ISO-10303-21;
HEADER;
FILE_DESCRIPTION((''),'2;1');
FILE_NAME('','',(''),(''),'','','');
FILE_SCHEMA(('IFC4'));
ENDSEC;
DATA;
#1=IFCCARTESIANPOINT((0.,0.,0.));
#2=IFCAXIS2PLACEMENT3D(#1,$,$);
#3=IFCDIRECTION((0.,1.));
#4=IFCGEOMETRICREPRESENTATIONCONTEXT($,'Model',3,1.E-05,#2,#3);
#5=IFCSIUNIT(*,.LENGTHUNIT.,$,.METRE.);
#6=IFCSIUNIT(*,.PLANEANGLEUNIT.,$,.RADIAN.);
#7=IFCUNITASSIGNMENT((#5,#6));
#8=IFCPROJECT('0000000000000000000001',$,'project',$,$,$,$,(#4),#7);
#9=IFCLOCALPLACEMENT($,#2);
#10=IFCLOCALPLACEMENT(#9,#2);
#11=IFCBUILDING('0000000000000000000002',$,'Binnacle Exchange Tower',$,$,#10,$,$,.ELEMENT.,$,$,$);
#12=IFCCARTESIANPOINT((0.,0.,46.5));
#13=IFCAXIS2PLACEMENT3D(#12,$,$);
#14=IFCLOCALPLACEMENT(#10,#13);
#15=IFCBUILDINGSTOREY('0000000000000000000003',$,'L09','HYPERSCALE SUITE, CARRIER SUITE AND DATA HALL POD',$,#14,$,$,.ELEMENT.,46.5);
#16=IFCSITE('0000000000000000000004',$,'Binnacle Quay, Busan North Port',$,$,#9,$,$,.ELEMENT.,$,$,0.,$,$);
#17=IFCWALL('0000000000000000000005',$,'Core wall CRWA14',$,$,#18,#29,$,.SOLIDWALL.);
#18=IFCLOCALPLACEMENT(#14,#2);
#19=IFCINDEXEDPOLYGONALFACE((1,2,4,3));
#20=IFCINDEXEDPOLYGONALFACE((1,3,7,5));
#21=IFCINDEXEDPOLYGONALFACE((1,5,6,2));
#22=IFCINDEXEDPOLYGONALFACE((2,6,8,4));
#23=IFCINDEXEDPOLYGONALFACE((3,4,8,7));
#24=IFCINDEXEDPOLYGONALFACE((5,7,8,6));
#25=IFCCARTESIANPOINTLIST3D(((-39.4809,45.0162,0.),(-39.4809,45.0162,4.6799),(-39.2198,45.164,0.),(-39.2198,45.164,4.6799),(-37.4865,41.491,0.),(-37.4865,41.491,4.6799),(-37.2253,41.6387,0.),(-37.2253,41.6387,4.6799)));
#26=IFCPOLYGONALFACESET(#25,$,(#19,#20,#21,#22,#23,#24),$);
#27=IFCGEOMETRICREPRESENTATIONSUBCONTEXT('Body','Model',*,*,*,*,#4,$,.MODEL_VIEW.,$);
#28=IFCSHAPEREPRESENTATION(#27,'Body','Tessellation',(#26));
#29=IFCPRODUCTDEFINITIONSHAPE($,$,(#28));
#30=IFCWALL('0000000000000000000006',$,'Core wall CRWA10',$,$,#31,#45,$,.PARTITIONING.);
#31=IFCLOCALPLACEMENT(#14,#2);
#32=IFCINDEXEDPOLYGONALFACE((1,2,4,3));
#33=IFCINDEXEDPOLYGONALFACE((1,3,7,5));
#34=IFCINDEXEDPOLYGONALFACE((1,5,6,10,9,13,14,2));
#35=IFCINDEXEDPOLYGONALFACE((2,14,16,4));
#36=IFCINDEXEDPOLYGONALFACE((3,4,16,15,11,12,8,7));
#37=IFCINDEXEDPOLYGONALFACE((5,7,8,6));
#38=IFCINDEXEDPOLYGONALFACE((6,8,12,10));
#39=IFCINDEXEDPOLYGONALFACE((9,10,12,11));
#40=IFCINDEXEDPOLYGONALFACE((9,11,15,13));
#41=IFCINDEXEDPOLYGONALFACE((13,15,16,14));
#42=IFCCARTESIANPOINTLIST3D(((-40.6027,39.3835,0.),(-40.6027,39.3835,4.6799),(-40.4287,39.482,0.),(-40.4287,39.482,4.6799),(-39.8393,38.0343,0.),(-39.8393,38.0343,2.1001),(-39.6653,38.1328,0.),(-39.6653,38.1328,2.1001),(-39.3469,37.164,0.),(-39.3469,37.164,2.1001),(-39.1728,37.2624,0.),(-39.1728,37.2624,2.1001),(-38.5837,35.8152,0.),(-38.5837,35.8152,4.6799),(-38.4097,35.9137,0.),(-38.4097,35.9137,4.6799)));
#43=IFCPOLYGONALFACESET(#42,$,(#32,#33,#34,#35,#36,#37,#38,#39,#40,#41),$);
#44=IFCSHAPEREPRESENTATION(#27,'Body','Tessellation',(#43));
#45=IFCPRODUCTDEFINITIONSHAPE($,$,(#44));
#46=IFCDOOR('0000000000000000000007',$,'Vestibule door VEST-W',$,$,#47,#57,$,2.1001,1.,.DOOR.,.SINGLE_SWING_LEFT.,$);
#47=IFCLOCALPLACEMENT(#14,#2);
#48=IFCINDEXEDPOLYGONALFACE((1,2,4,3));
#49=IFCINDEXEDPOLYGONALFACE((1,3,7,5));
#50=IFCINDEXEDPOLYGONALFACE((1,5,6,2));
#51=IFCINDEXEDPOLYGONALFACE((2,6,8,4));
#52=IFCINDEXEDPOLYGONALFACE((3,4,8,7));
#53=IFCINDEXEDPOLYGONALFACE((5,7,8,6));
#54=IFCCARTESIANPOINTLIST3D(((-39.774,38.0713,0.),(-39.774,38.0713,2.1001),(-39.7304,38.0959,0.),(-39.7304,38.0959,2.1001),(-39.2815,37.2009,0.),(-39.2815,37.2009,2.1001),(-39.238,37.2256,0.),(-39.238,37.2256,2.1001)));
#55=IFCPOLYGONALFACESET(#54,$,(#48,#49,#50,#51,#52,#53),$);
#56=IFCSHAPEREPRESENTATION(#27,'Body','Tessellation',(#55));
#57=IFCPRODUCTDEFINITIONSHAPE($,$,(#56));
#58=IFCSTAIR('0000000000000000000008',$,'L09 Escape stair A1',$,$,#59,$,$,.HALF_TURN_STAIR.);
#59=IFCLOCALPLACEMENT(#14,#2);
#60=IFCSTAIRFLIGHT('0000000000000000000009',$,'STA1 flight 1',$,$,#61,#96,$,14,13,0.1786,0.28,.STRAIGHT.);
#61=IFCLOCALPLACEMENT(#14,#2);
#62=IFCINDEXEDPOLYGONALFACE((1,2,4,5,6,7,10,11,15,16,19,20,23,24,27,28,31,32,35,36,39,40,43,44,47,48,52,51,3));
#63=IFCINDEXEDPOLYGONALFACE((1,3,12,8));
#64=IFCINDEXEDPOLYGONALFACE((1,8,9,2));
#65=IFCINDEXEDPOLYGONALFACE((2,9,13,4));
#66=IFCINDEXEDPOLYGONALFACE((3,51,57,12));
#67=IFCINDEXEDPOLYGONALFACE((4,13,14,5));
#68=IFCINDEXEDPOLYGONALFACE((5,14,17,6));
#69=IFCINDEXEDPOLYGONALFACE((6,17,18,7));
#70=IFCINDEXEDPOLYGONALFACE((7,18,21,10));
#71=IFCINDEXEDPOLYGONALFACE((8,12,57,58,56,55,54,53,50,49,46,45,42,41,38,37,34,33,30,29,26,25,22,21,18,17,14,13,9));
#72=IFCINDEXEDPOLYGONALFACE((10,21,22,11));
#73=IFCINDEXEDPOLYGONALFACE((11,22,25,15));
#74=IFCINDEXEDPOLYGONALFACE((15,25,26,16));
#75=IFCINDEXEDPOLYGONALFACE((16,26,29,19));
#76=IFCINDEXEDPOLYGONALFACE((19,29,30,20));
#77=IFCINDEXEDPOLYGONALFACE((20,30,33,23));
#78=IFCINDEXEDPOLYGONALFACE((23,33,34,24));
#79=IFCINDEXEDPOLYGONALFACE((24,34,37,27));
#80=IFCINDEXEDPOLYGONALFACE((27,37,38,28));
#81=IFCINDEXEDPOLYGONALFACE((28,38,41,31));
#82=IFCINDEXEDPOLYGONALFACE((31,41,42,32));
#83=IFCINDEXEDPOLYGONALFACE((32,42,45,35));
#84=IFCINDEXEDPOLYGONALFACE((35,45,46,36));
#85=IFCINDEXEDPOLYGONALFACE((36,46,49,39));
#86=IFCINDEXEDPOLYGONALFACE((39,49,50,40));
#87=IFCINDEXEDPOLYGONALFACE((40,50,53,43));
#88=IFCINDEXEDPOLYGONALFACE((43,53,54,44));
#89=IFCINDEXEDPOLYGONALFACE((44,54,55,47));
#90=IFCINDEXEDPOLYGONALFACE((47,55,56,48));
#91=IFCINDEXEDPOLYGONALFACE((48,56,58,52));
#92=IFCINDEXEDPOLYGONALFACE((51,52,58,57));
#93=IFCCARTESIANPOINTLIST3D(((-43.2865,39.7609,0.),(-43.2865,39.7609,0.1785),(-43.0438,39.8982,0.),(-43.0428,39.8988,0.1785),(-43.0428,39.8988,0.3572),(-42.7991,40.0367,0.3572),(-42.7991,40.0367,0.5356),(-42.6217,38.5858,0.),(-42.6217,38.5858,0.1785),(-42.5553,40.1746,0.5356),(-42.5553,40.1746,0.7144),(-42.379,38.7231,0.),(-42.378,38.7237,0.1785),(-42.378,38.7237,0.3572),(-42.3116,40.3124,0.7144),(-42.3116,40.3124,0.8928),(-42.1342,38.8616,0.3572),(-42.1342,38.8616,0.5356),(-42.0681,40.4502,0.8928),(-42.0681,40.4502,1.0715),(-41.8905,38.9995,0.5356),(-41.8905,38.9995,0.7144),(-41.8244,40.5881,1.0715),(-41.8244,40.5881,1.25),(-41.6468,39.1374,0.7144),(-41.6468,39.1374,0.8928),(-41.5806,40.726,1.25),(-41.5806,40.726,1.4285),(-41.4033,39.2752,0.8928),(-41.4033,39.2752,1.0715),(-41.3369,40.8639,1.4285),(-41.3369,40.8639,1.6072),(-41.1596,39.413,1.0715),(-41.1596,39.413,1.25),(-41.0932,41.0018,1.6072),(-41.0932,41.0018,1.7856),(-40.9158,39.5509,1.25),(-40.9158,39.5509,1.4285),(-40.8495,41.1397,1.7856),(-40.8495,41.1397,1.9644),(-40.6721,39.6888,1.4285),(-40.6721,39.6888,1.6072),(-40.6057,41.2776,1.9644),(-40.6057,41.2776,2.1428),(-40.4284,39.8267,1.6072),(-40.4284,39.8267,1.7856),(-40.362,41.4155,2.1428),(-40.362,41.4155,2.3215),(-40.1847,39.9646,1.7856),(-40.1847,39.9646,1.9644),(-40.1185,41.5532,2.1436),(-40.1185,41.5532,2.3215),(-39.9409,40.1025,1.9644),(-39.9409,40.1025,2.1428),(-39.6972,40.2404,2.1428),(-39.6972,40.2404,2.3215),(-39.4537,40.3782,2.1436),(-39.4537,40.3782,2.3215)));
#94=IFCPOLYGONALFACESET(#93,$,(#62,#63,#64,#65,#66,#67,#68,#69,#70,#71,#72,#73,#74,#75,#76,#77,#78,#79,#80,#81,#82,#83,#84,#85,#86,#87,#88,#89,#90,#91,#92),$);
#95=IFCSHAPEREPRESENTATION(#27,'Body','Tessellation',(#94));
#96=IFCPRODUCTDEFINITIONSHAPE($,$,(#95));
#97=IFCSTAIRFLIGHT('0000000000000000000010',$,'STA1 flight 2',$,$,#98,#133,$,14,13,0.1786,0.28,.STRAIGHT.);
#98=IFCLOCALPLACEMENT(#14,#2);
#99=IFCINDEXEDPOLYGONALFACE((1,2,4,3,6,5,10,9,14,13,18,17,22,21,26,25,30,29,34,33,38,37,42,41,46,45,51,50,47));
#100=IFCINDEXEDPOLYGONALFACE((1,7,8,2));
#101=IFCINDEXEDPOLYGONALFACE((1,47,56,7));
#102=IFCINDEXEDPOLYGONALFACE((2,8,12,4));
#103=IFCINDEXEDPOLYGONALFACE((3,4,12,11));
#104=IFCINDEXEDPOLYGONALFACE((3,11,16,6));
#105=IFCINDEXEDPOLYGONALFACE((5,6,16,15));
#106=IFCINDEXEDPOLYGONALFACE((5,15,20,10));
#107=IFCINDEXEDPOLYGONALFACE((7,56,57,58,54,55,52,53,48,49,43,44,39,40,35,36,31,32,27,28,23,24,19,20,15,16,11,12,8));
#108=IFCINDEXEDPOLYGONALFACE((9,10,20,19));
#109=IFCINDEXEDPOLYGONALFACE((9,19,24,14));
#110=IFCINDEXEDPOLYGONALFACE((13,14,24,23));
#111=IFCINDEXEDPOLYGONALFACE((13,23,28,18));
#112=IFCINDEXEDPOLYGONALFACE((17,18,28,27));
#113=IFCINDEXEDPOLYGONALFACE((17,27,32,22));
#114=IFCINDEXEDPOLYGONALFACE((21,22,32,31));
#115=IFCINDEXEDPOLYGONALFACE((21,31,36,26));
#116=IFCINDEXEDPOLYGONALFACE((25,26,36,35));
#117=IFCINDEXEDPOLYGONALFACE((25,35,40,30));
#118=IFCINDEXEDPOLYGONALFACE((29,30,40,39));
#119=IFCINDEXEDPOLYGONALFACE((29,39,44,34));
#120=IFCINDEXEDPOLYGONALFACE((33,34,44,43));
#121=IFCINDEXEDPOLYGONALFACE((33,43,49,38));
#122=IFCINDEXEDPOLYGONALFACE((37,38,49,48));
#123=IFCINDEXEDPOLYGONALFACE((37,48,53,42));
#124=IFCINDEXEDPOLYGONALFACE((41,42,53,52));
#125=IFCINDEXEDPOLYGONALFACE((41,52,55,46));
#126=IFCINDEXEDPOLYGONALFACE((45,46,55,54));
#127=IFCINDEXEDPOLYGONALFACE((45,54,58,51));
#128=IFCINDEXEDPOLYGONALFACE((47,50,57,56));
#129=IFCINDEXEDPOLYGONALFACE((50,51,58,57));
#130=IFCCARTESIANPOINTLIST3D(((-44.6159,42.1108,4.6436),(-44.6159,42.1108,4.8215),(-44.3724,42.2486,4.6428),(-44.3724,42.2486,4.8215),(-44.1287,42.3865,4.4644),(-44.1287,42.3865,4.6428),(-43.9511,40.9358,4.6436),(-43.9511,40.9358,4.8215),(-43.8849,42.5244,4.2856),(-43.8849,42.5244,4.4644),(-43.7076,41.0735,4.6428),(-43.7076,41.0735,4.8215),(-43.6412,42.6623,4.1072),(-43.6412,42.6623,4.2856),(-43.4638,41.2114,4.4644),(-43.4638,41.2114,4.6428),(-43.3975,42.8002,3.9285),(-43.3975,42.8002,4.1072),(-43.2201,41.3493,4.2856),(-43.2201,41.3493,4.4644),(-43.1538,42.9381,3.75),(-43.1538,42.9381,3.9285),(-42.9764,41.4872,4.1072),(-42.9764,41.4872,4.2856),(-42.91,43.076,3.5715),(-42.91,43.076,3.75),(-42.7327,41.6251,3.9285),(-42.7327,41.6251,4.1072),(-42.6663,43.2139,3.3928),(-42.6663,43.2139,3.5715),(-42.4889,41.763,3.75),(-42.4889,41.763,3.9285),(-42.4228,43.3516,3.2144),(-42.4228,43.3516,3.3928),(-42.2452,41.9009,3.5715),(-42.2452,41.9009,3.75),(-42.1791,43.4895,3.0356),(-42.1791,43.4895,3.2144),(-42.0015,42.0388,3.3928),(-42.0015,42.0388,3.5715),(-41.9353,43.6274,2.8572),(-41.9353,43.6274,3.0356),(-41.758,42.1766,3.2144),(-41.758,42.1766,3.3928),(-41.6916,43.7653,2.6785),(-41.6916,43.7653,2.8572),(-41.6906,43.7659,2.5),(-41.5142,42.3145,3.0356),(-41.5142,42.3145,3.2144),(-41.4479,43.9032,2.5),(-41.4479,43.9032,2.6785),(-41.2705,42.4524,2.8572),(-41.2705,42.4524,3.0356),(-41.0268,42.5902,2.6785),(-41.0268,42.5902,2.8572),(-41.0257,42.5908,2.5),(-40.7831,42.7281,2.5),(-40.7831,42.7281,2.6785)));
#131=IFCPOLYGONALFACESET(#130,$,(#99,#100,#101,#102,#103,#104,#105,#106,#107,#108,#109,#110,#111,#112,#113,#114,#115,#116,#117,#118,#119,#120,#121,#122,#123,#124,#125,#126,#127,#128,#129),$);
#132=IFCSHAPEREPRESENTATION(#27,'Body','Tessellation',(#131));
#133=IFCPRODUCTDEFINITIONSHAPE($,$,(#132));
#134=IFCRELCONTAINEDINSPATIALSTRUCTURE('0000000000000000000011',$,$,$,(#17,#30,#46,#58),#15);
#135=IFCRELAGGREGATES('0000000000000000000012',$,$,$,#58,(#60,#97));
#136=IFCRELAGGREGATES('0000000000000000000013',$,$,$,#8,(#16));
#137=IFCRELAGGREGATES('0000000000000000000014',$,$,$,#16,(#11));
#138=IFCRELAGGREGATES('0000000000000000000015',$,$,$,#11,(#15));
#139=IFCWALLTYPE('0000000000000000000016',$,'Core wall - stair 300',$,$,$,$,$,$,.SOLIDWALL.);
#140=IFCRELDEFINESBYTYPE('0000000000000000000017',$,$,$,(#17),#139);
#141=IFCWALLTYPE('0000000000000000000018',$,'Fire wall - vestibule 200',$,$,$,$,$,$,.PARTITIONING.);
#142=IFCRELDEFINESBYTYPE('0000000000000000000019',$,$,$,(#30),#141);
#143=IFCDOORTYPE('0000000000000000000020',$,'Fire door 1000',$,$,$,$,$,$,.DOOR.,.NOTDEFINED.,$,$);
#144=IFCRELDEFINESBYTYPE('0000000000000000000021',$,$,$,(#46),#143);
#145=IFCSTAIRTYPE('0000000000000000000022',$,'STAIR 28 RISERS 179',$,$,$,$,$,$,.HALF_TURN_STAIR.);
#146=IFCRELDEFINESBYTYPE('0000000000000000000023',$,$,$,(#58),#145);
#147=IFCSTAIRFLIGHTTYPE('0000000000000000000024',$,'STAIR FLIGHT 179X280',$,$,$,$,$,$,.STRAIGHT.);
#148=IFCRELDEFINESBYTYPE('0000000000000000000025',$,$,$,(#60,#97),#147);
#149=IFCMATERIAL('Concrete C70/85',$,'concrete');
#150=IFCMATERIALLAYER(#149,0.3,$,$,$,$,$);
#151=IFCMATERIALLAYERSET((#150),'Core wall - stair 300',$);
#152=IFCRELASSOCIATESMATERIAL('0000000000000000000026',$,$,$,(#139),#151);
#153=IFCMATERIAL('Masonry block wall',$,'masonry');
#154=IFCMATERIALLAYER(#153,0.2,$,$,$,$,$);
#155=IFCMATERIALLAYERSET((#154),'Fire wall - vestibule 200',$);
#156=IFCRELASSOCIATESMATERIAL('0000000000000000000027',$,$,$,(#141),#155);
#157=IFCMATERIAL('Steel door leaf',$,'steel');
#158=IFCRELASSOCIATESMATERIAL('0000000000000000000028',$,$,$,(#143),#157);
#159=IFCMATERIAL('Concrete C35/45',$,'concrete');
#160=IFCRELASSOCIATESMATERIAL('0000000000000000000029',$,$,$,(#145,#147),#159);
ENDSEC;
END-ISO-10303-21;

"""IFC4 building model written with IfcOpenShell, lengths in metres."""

from ifc_helpers import new_model, si_unit, direction, frame, frame_2d, origin, place, context, subcontext, project, spatial, polyline, rectangle, outline, extrude, material, layer, layer_set, type_object, element, fill, aggregate, save


model = new_model("IFC4")

# Units and contexts
model_context = context("Model", 3, precision=1e-05, world=origin(), true_north=direction((0.0, 1.0)))
body_context = subcontext(model_context, "Body", "Model", "MODEL_VIEW")
ifc_project = project(units=[si_unit("LENGTHUNIT", "METRE"), si_unit("PLANEANGLEUNIT", "RADIAN")], contexts=[model_context])

# Site, building, storey
site_placement = place(None, origin())
site = spatial("IfcSite", under=ifc_project, at=site_placement, Name="Binnacle Quay, Busan North Port", CompositionType="ELEMENT", RefElevation=0.0)
building_placement = place(site_placement, origin())
building = spatial("IfcBuilding", under=site, at=building_placement, Name="Binnacle Exchange Tower", CompositionType="ELEMENT")
storey_placement = place(building_placement, frame((0.0, 0.0, 46.5)))
storey = spatial("IfcBuildingStorey", under=building, at=storey_placement, Name="L09", Description="HYPERSCALE SUITE, CARRIER SUITE AND DATA HALL POD", CompositionType="ELEMENT", Elevation=46.5)

# Shared definitions
ifc_material_1 = material(Name="Concrete C70/85", Category="concrete")

# Shared definitions
ifc_material_2 = material(Name="Steel door leaf", Category="steel")

# Wall
ifc_layer_1 = layer(ifc_material_1, 0.3)
ifc_layer_set_1 = layer_set([ifc_layer_1], Name="Core wall - stair 300")
wall_type_1 = type_object("IfcWallType", Name="Core wall - stair 300", PredefinedType="SOLIDWALL", material=ifc_layer_set_1)
wall_1_placement = place(storey_placement, frame((-39.3503, 45.0901, 0.0), z_axis=(0.0, 0.0, 1.0), x_axis=(0.492415, -0.870361, 0.0)))
element("IfcWall", 1, at=wall_1_placement, inside=storey, type_object=wall_type_1, Name="Core wall CRWA14", PredefinedType="SOLIDWALL", context=body_context, shape_type="SweptSolid", body=[
    extrude(rectangle(XDim=4.0503, YDim=0.3, at=frame_2d((2.0251, 0.0))), origin(), (0.0, 0.0, 1.0), 4.6799),
])

# Wall, opening, door
ifc_material_3 = material(Name="Masonry block wall", Category="masonry")
ifc_layer_2 = layer(ifc_material_3, 0.2)
ifc_layer_set_2 = layer_set([ifc_layer_2], Name="Fire wall - vestibule 200")
wall_type_2 = type_object("IfcWallType", Name="Fire wall - vestibule 200", PredefinedType="PARTITIONING", material=ifc_layer_set_2)
wall_2_placement = place(storey_placement, frame((-40.5156, 39.4326, 0.0), z_axis=(0.0, 0.0, 1.0), x_axis=(0.492454, -0.870339, 0.0)))
wall_2 = element("IfcWall", 2, at=wall_2_placement, inside=storey, type_object=wall_type_2, Name="Core wall CRWA10", PredefinedType="PARTITIONING", context=body_context, shape_type="SweptSolid", body=[
    extrude(rectangle(XDim=4.0999, YDim=0.2, at=frame_2d((2.0498, 0.0))), origin(), (0.0, 0.0, 1.0), 4.6799),
])
opening_1_placement = place(wall_2_placement, frame((1.55, 0.0, 0.0)))
opening_1 = element("IfcOpeningElement", 3, at=opening_1_placement, cuts=wall_2, PredefinedType="OPENING", context=body_context, shape_type="SweptSolid", body=[
    extrude(rectangle(XDim=1.0, YDim=2.1001, at=frame_2d((0.5, 1.05))), frame((0.0, 0.1099, 0.0), z_axis=(0.0, -1.0, 0.0), x_axis=(1.0, 0.0, 0.0)), (0.0, 0.0, 1.0), 0.22),
])
door_type_1 = type_object("IfcDoorType", Name="Fire door 1000", OperationType="NOTDEFINED", PredefinedType="DOOR", material=ifc_material_2)
door_1_placement = place(opening_1_placement, frame((1.0, 0.0, 0.0), z_axis=(0.0, 0.0, 1.0), x_axis=(-1.0, 0.0, 0.0)))
door_1 = element("IfcDoor", 4, at=door_1_placement, inside=storey, type_object=door_type_1, Name="Vestibule door VEST-W", OperationType="SINGLE_SWING_LEFT", OverallHeight=2.1001, OverallWidth=1.0, PredefinedType="DOOR", context=body_context, shape_type="SweptSolid", body=[
    extrude(rectangle(XDim=1.0, YDim=2.1001, at=frame_2d((0.5, 1.05))), frame((0.0, 0.0249, 0.0), z_axis=(0.0, -1.0, 0.0), x_axis=(1.0, 0.0, 0.0)), (0.0, 0.0, 1.0), 0.05),
])
fill(opening_1, door_1)

# Stair, stair flights
ifc_material_4 = material(Name="Concrete C35/45", Category="concrete")
stair_type = type_object("IfcStairType", Name="STAIR 28 RISERS 179", PredefinedType="HALF_TURN_STAIR", material=ifc_material_4)
stair_placement = place(storey_placement, origin())
stair = element("IfcStair", 5, at=stair_placement, inside=storey, type_object=stair_type, Name="L09 Escape stair A1", PredefinedType="HALF_TURN_STAIR")
stair_flight_type = type_object("IfcStairFlightType", Name="STAIR FLIGHT 179X280", PredefinedType="STRAIGHT", material=ifc_material_4)
stair_flight_1_placement = place(storey_placement, frame((-42.9541, 39.1733, 0.0), z_axis=(0.0, 0.0, 1.0), x_axis=(0.870356, 0.492424, 0.0)))
stair_flight_1 = element("IfcStairFlight", 6, at=stair_flight_1_placement, type_object=stair_flight_type, Name="STA1 flight 1", NumberOfRisers=14, NumberOfTreads=13, PredefinedType="STRAIGHT", RiserHeight=0.1786, TreadLength=0.28, context=body_context, shape_type="SweptSolid", body=[
    extrude(outline(polyline([(0.0, 0.0), (0.0, 0.1785), (0.28, 0.1785), (0.28, 0.3572), (0.5601, 0.3572), (0.5601, 0.5356), (0.8401, 0.5356), (0.8401, 0.7144), (1.1201, 0.7144), (1.1201, 0.8928), (1.3999, 0.8928), (1.3999, 1.0715), (1.6799, 1.0715), (1.6799, 1.25), (1.96, 1.25), (1.96, 1.4285), (2.24, 1.4285), (2.24, 1.6072), (2.52, 1.6072), (2.52, 1.7856), (2.8, 1.7856), (2.8, 1.9644), (3.0801, 1.9644), (3.0801, 2.1428), (3.3601, 2.1428), (3.3601, 2.3215), (3.6399, 2.3215), (3.6399, 2.5), (3.6399, 2.1436), (0.2788, 0.0), (0.0, 0.0)])), frame((0.0, 0.675, 0.0), z_axis=(0.0, -1.0, 0.0), x_axis=(1.0, 0.0, 0.0)), (0.0, 0.0, 1.0), 1.3501),
])
stair_flight_2_placement = place(storey_placement, frame((-41.1155, 43.3157, 2.5), z_axis=(0.0, 0.0, 1.0), x_axis=(-0.870356, -0.492424, 0.0)))
stair_flight_2 = element("IfcStairFlight", 7, at=stair_flight_2_placement, type_object=stair_flight_type, Name="STA1 flight 2", NumberOfRisers=14, NumberOfTreads=13, PredefinedType="STRAIGHT", RiserHeight=0.1786, TreadLength=0.28, context=body_context, shape_type="SweptSolid", body=[
    extrude(outline(polyline([(0.0, 0.0), (0.0, 0.1785), (0.28, 0.1785), (0.28, 0.3572), (0.5601, 0.3572), (0.5601, 0.5356), (0.8401, 0.5356), (0.8401, 0.7144), (1.1201, 0.7144), (1.1201, 0.8928), (1.3999, 0.8928), (1.3999, 1.0715), (1.6799, 1.0715), (1.6799, 1.25), (1.96, 1.25), (1.96, 1.4285), (2.24, 1.4285), (2.24, 1.6072), (2.52, 1.6072), (2.52, 1.7856), (2.8, 1.7856), (2.8, 1.9644), (3.0801, 1.9644), (3.0801, 2.1428), (3.3601, 2.1428), (3.3601, 2.3215), (3.6399, 2.3215), (3.6399, 2.5), (3.6399, 2.1436), (0.2788, 0.0), (0.0, 0.0)])), frame((0.0, 0.675, 0.0), z_axis=(0.0, -1.0, 0.0), x_axis=(1.0, 0.0, 0.0)), (0.0, 0.0, 1.0), 1.3501),
])
aggregate(stair, [stair_flight_1, stair_flight_2])

save(model, "model.ifc")
